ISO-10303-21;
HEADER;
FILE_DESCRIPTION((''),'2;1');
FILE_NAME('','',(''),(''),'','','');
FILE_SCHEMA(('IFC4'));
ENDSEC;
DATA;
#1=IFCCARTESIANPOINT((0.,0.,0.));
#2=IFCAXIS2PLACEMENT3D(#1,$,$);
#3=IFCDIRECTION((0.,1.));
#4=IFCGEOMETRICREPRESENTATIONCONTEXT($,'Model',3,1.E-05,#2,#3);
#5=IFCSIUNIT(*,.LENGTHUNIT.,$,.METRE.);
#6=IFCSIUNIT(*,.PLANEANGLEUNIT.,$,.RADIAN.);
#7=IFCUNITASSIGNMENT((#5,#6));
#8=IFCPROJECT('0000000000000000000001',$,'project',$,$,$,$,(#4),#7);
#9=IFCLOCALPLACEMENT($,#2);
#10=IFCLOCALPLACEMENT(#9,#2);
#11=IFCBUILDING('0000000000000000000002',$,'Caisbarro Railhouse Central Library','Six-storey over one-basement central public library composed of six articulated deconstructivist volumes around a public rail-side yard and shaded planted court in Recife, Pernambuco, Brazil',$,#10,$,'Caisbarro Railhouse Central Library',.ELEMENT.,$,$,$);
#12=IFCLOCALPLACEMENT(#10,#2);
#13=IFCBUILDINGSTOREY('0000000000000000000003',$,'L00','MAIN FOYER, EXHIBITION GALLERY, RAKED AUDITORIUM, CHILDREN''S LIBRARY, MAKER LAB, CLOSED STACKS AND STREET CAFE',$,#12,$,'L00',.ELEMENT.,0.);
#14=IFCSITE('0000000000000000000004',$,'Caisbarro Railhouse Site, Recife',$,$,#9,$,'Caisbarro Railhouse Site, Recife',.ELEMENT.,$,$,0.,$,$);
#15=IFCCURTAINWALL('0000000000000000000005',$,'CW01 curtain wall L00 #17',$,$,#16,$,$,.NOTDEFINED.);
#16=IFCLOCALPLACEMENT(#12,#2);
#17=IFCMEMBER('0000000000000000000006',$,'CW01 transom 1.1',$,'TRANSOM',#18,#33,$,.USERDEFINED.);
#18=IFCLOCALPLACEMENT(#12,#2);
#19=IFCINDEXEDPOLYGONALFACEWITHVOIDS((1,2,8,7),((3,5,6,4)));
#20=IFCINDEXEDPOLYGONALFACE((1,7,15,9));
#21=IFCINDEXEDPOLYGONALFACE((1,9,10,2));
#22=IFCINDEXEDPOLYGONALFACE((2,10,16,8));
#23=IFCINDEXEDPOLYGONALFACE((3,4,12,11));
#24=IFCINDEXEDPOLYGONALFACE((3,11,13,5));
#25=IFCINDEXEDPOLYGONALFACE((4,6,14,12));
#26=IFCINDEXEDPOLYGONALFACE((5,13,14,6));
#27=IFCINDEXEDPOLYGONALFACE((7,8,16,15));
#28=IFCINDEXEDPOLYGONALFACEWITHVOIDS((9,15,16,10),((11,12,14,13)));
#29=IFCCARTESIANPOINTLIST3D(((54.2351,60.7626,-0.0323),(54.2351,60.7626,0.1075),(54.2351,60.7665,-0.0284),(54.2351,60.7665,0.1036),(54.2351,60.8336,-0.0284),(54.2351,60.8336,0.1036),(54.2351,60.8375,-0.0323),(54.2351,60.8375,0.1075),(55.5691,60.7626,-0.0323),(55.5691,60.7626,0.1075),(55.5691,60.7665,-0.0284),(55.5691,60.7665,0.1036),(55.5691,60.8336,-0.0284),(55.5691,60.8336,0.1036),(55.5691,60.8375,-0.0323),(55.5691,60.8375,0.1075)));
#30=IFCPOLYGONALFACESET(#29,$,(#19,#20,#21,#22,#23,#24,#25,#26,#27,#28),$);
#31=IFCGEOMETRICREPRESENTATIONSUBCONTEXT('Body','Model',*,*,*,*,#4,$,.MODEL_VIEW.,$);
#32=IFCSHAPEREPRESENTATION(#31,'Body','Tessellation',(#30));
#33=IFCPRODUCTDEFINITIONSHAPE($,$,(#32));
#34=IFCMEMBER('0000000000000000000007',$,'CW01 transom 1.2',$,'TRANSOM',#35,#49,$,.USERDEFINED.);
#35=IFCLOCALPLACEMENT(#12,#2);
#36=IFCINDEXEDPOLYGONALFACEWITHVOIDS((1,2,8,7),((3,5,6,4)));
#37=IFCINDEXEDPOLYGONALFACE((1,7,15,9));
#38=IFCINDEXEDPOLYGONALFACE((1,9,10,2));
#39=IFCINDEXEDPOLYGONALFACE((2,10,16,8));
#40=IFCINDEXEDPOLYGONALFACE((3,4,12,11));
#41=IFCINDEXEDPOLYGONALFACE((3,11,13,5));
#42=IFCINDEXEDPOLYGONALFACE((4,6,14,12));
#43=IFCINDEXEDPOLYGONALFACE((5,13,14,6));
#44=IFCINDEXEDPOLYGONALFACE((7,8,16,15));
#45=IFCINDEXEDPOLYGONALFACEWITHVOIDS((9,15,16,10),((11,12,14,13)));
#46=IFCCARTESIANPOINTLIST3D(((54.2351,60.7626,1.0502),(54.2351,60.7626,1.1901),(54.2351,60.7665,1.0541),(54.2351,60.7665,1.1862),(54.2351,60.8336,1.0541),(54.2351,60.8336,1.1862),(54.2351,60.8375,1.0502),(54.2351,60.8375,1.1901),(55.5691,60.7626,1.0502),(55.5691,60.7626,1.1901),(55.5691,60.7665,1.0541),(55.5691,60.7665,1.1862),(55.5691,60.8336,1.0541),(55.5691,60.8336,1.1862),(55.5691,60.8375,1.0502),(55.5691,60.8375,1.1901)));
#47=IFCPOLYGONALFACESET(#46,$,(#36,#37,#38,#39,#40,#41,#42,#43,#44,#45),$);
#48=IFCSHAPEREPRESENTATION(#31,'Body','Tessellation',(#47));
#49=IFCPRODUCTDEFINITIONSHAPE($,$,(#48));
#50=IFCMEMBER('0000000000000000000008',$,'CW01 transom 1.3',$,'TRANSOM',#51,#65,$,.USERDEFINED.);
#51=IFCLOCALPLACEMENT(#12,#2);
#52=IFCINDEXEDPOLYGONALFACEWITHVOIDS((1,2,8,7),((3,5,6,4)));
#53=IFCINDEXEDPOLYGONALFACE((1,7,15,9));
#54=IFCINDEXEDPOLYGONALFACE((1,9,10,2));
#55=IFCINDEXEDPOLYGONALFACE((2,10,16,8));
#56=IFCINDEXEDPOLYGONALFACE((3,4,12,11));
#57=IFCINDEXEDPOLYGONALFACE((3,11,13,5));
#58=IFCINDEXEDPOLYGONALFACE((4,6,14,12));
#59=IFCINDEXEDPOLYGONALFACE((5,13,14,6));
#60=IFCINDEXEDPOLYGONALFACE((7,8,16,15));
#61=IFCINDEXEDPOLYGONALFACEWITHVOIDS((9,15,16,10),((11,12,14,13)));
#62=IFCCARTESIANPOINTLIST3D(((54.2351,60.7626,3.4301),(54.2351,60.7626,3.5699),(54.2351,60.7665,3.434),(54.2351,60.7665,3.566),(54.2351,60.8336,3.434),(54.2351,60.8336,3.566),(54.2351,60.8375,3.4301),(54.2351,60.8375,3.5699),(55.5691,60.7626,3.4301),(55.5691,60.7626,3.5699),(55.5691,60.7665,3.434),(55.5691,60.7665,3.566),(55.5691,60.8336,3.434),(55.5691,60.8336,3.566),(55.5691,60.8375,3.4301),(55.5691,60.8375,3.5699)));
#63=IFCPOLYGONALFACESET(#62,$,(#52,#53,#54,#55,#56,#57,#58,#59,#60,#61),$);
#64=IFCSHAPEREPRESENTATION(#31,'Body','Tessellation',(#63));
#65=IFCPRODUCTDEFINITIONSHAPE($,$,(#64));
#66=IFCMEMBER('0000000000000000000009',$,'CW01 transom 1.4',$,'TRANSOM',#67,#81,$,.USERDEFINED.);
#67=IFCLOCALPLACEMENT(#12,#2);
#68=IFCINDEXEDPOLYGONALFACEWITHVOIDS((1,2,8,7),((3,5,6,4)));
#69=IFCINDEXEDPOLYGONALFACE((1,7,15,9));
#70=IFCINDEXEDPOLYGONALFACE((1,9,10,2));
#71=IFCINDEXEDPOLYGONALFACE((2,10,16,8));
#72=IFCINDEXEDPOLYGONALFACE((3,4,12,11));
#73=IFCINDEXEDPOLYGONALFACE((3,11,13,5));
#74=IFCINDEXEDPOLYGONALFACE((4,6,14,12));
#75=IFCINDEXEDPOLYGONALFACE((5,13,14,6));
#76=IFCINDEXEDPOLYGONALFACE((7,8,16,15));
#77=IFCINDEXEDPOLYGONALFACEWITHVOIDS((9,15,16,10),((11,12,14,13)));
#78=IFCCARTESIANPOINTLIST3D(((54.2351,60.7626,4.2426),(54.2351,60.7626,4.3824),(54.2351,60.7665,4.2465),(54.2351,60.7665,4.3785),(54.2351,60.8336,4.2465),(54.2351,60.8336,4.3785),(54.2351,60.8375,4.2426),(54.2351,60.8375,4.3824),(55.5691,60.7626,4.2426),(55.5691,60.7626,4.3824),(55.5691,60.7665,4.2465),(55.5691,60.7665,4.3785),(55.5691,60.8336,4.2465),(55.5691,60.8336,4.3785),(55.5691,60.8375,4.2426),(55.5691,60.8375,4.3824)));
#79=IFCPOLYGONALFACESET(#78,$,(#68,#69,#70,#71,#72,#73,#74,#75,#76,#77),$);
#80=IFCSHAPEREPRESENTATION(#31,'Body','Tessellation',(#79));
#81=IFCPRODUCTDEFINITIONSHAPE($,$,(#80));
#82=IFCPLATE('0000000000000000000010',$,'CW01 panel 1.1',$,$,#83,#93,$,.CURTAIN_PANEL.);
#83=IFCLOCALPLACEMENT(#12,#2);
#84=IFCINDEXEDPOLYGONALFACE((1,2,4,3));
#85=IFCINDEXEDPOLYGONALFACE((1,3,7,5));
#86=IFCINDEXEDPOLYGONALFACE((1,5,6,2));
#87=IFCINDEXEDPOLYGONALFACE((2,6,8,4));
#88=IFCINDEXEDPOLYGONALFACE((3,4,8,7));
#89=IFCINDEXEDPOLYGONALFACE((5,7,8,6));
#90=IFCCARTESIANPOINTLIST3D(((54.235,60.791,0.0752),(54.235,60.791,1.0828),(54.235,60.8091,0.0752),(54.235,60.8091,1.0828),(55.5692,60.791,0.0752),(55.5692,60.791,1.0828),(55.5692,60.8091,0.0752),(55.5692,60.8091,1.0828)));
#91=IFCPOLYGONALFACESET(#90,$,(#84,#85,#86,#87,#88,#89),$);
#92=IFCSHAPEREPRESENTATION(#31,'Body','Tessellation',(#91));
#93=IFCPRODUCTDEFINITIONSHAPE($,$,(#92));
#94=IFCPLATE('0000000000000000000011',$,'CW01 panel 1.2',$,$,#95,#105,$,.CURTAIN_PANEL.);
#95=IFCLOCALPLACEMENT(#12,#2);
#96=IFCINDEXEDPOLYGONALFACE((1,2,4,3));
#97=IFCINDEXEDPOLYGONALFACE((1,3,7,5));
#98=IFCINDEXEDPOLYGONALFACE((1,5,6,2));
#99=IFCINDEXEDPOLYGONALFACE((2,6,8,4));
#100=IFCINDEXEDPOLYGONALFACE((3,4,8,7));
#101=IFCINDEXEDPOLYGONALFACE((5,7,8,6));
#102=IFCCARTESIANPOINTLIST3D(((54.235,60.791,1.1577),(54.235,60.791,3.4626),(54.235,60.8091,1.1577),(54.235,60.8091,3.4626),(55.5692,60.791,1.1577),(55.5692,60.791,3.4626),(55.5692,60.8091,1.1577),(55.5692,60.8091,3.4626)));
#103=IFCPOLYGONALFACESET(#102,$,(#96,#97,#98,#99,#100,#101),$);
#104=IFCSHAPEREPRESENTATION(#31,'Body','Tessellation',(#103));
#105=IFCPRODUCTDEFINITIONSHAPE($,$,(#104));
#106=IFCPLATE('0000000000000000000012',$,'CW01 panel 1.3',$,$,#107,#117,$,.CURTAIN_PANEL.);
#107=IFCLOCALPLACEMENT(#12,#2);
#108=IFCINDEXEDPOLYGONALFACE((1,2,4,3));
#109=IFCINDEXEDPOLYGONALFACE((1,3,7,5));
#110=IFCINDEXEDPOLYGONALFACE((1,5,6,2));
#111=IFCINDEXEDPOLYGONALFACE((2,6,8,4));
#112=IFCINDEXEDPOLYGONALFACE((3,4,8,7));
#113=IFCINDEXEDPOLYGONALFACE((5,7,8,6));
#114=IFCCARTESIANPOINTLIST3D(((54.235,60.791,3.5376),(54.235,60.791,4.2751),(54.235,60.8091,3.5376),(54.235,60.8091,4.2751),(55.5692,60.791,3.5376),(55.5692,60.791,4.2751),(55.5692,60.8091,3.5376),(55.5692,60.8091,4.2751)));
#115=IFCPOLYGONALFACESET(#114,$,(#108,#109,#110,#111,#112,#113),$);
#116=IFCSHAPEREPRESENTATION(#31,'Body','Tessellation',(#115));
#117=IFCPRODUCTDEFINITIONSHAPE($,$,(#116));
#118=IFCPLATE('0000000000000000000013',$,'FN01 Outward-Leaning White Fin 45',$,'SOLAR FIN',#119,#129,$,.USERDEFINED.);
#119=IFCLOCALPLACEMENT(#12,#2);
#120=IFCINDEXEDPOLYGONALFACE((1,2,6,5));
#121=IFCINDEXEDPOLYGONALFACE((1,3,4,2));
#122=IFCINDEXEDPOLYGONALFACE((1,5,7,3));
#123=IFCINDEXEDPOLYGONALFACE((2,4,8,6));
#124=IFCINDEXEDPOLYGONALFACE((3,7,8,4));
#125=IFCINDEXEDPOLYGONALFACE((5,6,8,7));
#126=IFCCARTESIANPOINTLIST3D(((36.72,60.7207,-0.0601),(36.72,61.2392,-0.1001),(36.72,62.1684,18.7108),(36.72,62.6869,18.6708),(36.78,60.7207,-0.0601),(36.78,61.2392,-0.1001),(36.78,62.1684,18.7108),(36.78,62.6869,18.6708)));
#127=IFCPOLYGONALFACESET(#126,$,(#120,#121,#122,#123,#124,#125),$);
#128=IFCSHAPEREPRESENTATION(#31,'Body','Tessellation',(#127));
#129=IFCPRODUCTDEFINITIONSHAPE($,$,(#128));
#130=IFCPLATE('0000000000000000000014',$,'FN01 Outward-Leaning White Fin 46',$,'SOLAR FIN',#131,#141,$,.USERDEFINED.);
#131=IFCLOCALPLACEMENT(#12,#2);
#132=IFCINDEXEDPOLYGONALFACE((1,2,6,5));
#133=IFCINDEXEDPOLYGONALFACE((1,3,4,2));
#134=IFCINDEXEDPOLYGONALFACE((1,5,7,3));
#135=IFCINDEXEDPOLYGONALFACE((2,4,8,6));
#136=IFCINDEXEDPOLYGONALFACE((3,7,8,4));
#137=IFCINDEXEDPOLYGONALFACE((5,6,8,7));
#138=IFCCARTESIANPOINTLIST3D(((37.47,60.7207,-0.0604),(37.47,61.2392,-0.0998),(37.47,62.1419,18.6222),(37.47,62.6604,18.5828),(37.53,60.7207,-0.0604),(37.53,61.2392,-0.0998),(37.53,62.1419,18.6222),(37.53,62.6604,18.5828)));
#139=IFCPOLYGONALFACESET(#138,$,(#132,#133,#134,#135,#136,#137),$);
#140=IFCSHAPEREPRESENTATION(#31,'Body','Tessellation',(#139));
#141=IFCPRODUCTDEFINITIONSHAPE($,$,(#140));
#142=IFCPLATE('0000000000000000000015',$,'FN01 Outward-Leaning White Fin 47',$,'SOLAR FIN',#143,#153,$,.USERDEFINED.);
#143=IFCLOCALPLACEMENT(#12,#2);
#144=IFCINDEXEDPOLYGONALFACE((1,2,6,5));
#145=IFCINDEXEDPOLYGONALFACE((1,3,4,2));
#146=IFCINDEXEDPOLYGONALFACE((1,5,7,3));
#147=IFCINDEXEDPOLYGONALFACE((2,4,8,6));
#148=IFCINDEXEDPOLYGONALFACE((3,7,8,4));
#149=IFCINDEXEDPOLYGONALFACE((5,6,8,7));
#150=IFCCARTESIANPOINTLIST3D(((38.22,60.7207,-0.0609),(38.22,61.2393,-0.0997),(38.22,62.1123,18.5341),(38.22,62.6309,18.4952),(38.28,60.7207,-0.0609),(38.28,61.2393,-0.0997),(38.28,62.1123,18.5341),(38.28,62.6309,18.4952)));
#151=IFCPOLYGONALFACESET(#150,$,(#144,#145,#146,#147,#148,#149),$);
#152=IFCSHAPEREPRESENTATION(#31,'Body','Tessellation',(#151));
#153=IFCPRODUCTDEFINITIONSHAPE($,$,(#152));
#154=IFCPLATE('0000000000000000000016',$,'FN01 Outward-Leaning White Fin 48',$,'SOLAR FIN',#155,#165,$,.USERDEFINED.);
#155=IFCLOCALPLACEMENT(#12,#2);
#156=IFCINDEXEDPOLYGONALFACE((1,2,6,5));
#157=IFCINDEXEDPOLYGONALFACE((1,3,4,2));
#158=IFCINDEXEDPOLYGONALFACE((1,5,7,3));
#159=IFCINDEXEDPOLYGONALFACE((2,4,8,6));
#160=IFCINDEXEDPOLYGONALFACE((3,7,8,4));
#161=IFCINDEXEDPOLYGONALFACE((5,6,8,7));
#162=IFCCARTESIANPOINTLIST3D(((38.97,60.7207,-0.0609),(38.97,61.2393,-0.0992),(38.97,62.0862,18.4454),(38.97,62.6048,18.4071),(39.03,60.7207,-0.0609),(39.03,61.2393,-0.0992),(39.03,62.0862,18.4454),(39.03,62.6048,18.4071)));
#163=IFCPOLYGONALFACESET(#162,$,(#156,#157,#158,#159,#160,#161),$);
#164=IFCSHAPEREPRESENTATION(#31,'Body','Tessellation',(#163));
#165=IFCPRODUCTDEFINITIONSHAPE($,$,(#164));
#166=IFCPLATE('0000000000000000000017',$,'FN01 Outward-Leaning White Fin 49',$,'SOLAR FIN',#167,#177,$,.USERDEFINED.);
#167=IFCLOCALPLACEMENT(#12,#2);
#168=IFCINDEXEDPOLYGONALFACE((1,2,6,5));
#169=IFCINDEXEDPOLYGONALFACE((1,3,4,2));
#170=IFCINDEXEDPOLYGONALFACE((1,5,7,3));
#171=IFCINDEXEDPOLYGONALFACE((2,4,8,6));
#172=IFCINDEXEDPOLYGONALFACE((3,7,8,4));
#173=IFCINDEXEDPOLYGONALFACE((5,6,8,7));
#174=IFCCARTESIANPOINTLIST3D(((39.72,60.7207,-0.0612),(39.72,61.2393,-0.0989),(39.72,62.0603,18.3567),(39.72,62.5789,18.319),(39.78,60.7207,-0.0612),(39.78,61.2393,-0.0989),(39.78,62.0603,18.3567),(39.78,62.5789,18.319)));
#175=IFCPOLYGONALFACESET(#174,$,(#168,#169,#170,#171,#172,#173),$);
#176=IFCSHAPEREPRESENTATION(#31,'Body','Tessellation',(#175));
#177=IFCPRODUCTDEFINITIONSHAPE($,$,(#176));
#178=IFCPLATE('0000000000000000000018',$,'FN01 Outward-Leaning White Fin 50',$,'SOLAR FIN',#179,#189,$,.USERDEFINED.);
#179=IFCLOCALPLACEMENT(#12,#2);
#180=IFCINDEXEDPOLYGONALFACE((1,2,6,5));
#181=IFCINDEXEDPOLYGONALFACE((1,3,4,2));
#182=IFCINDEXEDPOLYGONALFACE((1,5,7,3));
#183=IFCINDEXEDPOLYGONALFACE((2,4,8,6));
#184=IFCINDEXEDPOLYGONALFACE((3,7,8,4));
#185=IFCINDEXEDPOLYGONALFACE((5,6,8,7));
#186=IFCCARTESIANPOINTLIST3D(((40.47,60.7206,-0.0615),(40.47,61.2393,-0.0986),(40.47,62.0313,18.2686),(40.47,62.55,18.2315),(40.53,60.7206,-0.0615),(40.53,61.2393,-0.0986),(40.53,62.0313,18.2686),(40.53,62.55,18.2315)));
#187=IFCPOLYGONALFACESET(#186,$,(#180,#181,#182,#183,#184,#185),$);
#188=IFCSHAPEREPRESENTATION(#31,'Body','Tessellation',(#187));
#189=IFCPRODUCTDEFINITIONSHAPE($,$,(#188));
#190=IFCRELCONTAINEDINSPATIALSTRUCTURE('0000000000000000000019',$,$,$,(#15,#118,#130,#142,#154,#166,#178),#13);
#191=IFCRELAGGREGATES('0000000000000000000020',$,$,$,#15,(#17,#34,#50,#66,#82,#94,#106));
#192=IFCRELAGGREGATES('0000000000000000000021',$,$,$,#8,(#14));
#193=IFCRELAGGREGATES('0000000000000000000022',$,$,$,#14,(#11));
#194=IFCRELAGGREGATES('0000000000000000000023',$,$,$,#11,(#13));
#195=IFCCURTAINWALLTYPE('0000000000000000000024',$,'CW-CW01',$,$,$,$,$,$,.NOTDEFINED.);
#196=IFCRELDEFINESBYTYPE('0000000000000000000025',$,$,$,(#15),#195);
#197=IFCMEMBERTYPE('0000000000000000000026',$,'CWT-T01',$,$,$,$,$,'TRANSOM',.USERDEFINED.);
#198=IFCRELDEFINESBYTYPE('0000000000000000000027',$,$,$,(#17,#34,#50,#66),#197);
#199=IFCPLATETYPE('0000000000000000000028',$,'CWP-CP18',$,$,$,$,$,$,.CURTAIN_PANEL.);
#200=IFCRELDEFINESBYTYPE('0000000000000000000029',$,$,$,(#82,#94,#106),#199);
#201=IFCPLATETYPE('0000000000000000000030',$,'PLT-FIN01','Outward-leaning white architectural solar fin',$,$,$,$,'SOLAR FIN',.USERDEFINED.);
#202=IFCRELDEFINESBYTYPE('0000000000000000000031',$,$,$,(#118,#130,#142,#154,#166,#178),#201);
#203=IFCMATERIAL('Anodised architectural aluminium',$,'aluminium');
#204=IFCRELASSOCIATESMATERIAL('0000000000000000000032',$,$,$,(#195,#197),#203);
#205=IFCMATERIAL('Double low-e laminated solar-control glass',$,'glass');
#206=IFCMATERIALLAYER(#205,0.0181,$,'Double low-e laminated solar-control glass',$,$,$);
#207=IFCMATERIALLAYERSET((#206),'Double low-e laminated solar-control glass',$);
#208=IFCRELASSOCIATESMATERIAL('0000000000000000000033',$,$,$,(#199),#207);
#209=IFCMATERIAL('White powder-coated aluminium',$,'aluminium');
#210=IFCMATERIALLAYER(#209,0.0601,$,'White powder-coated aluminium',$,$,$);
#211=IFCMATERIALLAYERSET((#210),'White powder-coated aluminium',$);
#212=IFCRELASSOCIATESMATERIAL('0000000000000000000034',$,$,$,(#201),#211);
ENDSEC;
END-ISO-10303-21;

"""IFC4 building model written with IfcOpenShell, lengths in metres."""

from ifc_helpers import new_model, si_unit, direction, frame, origin, origin_2d, place, context, subcontext, project, spatial, rectangle, hollow_rectangle, extrude, material, layer, layer_set, material_profile, profile_set, type_object, element, aggregate, save


model = new_model("IFC4")

# Units and contexts
model_context = context("Model", 3, precision=1e-05, world=origin(), true_north=direction((0.0, 1.0)))
body_context = subcontext(model_context, "Body", "Model", "MODEL_VIEW")
ifc_project = project(units=[si_unit("LENGTHUNIT", "METRE"), si_unit("PLANEANGLEUNIT", "RADIAN")], contexts=[model_context])

# Site, building, storey
site_placement = place(None, origin())
site = spatial("IfcSite", under=ifc_project, at=site_placement, Name="Caisbarro Railhouse Site, Recife", LongName="Caisbarro Railhouse Site, Recife", CompositionType="ELEMENT", RefElevation=0.0)
building_placement = place(site_placement, origin())
building = spatial("IfcBuilding", under=site, at=building_placement, Name="Caisbarro Railhouse Central Library", Description="Six-storey over one-basement central public library composed of six articulated deconstructivist volumes around a public rail-side yard and shaded planted court in Recife, Pernambuco, Brazil", LongName="Caisbarro Railhouse Central Library", CompositionType="ELEMENT")
storey_placement = place(building_placement, origin())
storey = spatial("IfcBuildingStorey", under=building, at=storey_placement, Name="L00", Description="MAIN FOYER, EXHIBITION GALLERY, RAKED AUDITORIUM, CHILDREN'S LIBRARY, MAKER LAB, CLOSED STACKS AND STREET CAFE", LongName="L00", CompositionType="ELEMENT", Elevation=0.0)

# Curtain wall, members, plates
ifc_material_1 = material(Name="Anodised architectural aluminium", Category="aluminium")
curtain_wall_type = type_object("IfcCurtainWallType", Name="CW-CW01", PredefinedType="NOTDEFINED", material=ifc_material_1)
curtain_wall_placement = place(storey_placement, origin())
curtain_wall = element("IfcCurtainWall", 1, at=curtain_wall_placement, inside=storey, type_object=curtain_wall_type, Name="CW01 curtain wall L00 #17", PredefinedType="NOTDEFINED")
ifc_material_profile = material_profile(ifc_material_1, hollow_rectangle(XDim=0.075, YDim=0.1399, WallThickness=0.0039, at=origin_2d()), Name="ALU-TRN-75X140")
ifc_profile_set = profile_set([ifc_material_profile], Name="Anodised architectural aluminium")
member_type = type_object("IfcMemberType", Name="CWT-T01", ElementType="TRANSOM", PredefinedType="USERDEFINED", material=ifc_profile_set)
member_1_placement = place(storey_placement, frame((54.2351, 60.8, 0.0376), z_axis=(1.0, 0.0, 0.0), x_axis=(0.0, 1.0, 0.0)))
member_1 = element("IfcMember", 2, at=member_1_placement, type_object=member_type, Name="CW01 transom 1.1", ObjectType="TRANSOM", PredefinedType="USERDEFINED", context=body_context, shape_type="SweptSolid", body=[
    extrude(hollow_rectangle(XDim=0.075, YDim=0.1399, WallThickness=0.0039, at=origin_2d()), origin(), (0.0, 0.0, 1.0), 1.334),
])
member_2_placement = place(storey_placement, frame((54.2351, 60.8, 1.1201), z_axis=(1.0, 0.0, 0.0), x_axis=(0.0, 1.0, 0.0)))
member_2 = element("IfcMember", 3, at=member_2_placement, type_object=member_type, Name="CW01 transom 1.2", ObjectType="TRANSOM", PredefinedType="USERDEFINED", context=body_context, shape_type="SweptSolid", body=[
    extrude(hollow_rectangle(XDim=0.075, YDim=0.1399, WallThickness=0.0039, at=origin_2d()), origin(), (0.0, 0.0, 1.0), 1.334),
])
member_3_placement = place(storey_placement, frame((54.2351, 60.8, 3.5), z_axis=(1.0, 0.0, 0.0), x_axis=(0.0, 1.0, 0.0)))
member_3 = element("IfcMember", 4, at=member_3_placement, type_object=member_type, Name="CW01 transom 1.3", ObjectType="TRANSOM", PredefinedType="USERDEFINED", context=body_context, shape_type="SweptSolid", body=[
    extrude(hollow_rectangle(XDim=0.075, YDim=0.1399, WallThickness=0.0039, at=origin_2d()), origin(), (0.0, 0.0, 1.0), 1.334),
])
member_4_placement = place(storey_placement, frame((54.2351, 60.8, 4.3125), z_axis=(1.0, 0.0, 0.0), x_axis=(0.0, 1.0, 0.0)))
member_4 = element("IfcMember", 5, at=member_4_placement, type_object=member_type, Name="CW01 transom 1.4", ObjectType="TRANSOM", PredefinedType="USERDEFINED", context=body_context, shape_type="SweptSolid", body=[
    extrude(hollow_rectangle(XDim=0.075, YDim=0.1399, WallThickness=0.0039, at=origin_2d()), origin(), (0.0, 0.0, 1.0), 1.334),
])
ifc_material_2 = material(Name="Double low-e laminated solar-control glass", Category="glass")
ifc_layer_1 = layer(ifc_material_2, 0.0181, Name="Double low-e laminated solar-control glass")
ifc_layer_set_1 = layer_set([ifc_layer_1], Name="Double low-e laminated solar-control glass")
plate_type_1 = type_object("IfcPlateType", Name="CWP-CP18", PredefinedType="CURTAIN_PANEL", material=ifc_layer_set_1)
plate_1_placement = place(storey_placement, frame((54.9021, 60.8, 0.0752), z_axis=(0.0, 0.0, 1.0), x_axis=(1.0, 0.0, 0.0)))
plate_1 = element("IfcPlate", 6, at=plate_1_placement, type_object=plate_type_1, Name="CW01 panel 1.1", PredefinedType="CURTAIN_PANEL", context=body_context, shape_type="SweptSolid", body=[
    extrude(rectangle(XDim=1.3342, YDim=0.0181, at=origin_2d()), origin(), (0.0, 0.0, 1.0), 1.0076),
])
plate_2_placement = place(storey_placement, frame((54.9021, 60.8, 1.1577), z_axis=(0.0, 0.0, 1.0), x_axis=(1.0, 0.0, 0.0)))
plate_2 = element("IfcPlate", 7, at=plate_2_placement, type_object=plate_type_1, Name="CW01 panel 1.2", PredefinedType="CURTAIN_PANEL", context=body_context, shape_type="SweptSolid", body=[
    extrude(rectangle(XDim=1.3342, YDim=0.0181, at=origin_2d()), origin(), (0.0, 0.0, 1.0), 2.3049),
])
plate_3_placement = place(storey_placement, frame((54.9021, 60.8, 3.5376), z_axis=(0.0, 0.0, 1.0), x_axis=(1.0, 0.0, 0.0)))
plate_3 = element("IfcPlate", 8, at=plate_3_placement, type_object=plate_type_1, Name="CW01 panel 1.3", PredefinedType="CURTAIN_PANEL", context=body_context, shape_type="SweptSolid", body=[
    extrude(rectangle(XDim=1.3342, YDim=0.0181, at=origin_2d()), origin(), (0.0, 0.0, 1.0), 0.7375),
])
aggregate(curtain_wall, [member_1, member_2, member_3, member_4, plate_1, plate_2, plate_3])

# Plates
ifc_material_3 = material(Name="White powder-coated aluminium", Category="aluminium")
ifc_layer_2 = layer(ifc_material_3, 0.0601, Name="White powder-coated aluminium")
ifc_layer_set_2 = layer_set([ifc_layer_2], Name="White powder-coated aluminium")
plate_type_2 = type_object("IfcPlateType", Name="PLT-FIN01", Description="Outward-leaning white architectural solar fin", ElementType="SOLAR FIN", PredefinedType="USERDEFINED", material=ifc_layer_set_2)
plate_4_placement = place(storey_placement, frame((36.75, 60.98, -0.0801), z_axis=(0.0, 0.076893, 0.997039), x_axis=(1.0, 0.0, 0.0)))
element("IfcPlate", 9, at=plate_4_placement, inside=storey, type_object=plate_type_2, Name="FN01 Outward-Leaning White Fin 45", ObjectType="SOLAR FIN", PredefinedType="USERDEFINED", context=body_context, shape_type="SweptSolid", body=[
    extrude(rectangle(XDim=0.0601, YDim=0.52, at=origin_2d()), origin(), (0.0, 0.0, 1.0), 18.8267),
])
plate_5_placement = place(storey_placement, frame((37.5, 60.98, -0.0801), z_axis=(0.0, 0.075849, 0.997119), x_axis=(1.0, 0.0, 0.0)))
element("IfcPlate", 10, at=plate_5_placement, inside=storey, type_object=plate_type_2, Name="FN01 Outward-Leaning White Fin 46", ObjectType="SOLAR FIN", PredefinedType="USERDEFINED", context=body_context, shape_type="SweptSolid", body=[
    extrude(rectangle(XDim=0.0601, YDim=0.52, at=origin_2d()), origin(), (0.0, 0.0, 1.0), 18.7366),
])
plate_6_placement = place(storey_placement, frame((38.25, 60.98, -0.0803), z_axis=(0.0, 0.074631, 0.997211), x_axis=(1.0, 0.0, 0.0)))
element("IfcPlate", 11, at=plate_6_placement, inside=storey, type_object=plate_type_2, Name="FN01 Outward-Leaning White Fin 47", ObjectType="SOLAR FIN", PredefinedType="USERDEFINED", context=body_context, shape_type="SweptSolid", body=[
    extrude(rectangle(XDim=0.0601, YDim=0.52, at=origin_2d()), origin(), (0.0, 0.0, 1.0), 18.647),
])
plate_7_placement = place(storey_placement, frame((39.0, 60.98, -0.0801), z_axis=(0.0, 0.073586, 0.997289), x_axis=(1.0, 0.0, 0.0)))
element("IfcPlate", 12, at=plate_7_placement, inside=storey, type_object=plate_type_2, Name="FN01 Outward-Leaning White Fin 48", ObjectType="SOLAR FIN", PredefinedType="USERDEFINED", context=body_context, shape_type="SweptSolid", body=[
    extrude(rectangle(XDim=0.0601, YDim=0.52, at=origin_2d()), origin(), (0.0, 0.0, 1.0), 18.5566),
])
plate_8_placement = place(storey_placement, frame((39.75, 60.98, -0.0801), z_axis=(0.0, 0.072542, 0.997365), x_axis=(1.0, 0.0, 0.0)))
element("IfcPlate", 13, at=plate_8_placement, inside=storey, type_object=plate_type_2, Name="FN01 Outward-Leaning White Fin 49", ObjectType="SOLAR FIN", PredefinedType="USERDEFINED", context=body_context, shape_type="SweptSolid", body=[
    extrude(rectangle(XDim=0.0601, YDim=0.52, at=origin_2d()), origin(), (0.0, 0.0, 1.0), 18.4666),
])
plate_9_placement = place(storey_placement, frame((40.5, 60.98, -0.0801), z_axis=(0.0, 0.071323, 0.997453), x_axis=(1.0, 0.0, 0.0)))
element("IfcPlate", 14, at=plate_9_placement, inside=storey, type_object=plate_type_2, Name="FN01 Outward-Leaning White Fin 50", ObjectType="SOLAR FIN", PredefinedType="USERDEFINED", context=body_context, shape_type="SweptSolid", body=[
    extrude(rectangle(XDim=0.0601, YDim=0.52, at=origin_2d()), origin(), (0.0, 0.0, 1.0), 18.377),
])

save(model, "model.ifc")
